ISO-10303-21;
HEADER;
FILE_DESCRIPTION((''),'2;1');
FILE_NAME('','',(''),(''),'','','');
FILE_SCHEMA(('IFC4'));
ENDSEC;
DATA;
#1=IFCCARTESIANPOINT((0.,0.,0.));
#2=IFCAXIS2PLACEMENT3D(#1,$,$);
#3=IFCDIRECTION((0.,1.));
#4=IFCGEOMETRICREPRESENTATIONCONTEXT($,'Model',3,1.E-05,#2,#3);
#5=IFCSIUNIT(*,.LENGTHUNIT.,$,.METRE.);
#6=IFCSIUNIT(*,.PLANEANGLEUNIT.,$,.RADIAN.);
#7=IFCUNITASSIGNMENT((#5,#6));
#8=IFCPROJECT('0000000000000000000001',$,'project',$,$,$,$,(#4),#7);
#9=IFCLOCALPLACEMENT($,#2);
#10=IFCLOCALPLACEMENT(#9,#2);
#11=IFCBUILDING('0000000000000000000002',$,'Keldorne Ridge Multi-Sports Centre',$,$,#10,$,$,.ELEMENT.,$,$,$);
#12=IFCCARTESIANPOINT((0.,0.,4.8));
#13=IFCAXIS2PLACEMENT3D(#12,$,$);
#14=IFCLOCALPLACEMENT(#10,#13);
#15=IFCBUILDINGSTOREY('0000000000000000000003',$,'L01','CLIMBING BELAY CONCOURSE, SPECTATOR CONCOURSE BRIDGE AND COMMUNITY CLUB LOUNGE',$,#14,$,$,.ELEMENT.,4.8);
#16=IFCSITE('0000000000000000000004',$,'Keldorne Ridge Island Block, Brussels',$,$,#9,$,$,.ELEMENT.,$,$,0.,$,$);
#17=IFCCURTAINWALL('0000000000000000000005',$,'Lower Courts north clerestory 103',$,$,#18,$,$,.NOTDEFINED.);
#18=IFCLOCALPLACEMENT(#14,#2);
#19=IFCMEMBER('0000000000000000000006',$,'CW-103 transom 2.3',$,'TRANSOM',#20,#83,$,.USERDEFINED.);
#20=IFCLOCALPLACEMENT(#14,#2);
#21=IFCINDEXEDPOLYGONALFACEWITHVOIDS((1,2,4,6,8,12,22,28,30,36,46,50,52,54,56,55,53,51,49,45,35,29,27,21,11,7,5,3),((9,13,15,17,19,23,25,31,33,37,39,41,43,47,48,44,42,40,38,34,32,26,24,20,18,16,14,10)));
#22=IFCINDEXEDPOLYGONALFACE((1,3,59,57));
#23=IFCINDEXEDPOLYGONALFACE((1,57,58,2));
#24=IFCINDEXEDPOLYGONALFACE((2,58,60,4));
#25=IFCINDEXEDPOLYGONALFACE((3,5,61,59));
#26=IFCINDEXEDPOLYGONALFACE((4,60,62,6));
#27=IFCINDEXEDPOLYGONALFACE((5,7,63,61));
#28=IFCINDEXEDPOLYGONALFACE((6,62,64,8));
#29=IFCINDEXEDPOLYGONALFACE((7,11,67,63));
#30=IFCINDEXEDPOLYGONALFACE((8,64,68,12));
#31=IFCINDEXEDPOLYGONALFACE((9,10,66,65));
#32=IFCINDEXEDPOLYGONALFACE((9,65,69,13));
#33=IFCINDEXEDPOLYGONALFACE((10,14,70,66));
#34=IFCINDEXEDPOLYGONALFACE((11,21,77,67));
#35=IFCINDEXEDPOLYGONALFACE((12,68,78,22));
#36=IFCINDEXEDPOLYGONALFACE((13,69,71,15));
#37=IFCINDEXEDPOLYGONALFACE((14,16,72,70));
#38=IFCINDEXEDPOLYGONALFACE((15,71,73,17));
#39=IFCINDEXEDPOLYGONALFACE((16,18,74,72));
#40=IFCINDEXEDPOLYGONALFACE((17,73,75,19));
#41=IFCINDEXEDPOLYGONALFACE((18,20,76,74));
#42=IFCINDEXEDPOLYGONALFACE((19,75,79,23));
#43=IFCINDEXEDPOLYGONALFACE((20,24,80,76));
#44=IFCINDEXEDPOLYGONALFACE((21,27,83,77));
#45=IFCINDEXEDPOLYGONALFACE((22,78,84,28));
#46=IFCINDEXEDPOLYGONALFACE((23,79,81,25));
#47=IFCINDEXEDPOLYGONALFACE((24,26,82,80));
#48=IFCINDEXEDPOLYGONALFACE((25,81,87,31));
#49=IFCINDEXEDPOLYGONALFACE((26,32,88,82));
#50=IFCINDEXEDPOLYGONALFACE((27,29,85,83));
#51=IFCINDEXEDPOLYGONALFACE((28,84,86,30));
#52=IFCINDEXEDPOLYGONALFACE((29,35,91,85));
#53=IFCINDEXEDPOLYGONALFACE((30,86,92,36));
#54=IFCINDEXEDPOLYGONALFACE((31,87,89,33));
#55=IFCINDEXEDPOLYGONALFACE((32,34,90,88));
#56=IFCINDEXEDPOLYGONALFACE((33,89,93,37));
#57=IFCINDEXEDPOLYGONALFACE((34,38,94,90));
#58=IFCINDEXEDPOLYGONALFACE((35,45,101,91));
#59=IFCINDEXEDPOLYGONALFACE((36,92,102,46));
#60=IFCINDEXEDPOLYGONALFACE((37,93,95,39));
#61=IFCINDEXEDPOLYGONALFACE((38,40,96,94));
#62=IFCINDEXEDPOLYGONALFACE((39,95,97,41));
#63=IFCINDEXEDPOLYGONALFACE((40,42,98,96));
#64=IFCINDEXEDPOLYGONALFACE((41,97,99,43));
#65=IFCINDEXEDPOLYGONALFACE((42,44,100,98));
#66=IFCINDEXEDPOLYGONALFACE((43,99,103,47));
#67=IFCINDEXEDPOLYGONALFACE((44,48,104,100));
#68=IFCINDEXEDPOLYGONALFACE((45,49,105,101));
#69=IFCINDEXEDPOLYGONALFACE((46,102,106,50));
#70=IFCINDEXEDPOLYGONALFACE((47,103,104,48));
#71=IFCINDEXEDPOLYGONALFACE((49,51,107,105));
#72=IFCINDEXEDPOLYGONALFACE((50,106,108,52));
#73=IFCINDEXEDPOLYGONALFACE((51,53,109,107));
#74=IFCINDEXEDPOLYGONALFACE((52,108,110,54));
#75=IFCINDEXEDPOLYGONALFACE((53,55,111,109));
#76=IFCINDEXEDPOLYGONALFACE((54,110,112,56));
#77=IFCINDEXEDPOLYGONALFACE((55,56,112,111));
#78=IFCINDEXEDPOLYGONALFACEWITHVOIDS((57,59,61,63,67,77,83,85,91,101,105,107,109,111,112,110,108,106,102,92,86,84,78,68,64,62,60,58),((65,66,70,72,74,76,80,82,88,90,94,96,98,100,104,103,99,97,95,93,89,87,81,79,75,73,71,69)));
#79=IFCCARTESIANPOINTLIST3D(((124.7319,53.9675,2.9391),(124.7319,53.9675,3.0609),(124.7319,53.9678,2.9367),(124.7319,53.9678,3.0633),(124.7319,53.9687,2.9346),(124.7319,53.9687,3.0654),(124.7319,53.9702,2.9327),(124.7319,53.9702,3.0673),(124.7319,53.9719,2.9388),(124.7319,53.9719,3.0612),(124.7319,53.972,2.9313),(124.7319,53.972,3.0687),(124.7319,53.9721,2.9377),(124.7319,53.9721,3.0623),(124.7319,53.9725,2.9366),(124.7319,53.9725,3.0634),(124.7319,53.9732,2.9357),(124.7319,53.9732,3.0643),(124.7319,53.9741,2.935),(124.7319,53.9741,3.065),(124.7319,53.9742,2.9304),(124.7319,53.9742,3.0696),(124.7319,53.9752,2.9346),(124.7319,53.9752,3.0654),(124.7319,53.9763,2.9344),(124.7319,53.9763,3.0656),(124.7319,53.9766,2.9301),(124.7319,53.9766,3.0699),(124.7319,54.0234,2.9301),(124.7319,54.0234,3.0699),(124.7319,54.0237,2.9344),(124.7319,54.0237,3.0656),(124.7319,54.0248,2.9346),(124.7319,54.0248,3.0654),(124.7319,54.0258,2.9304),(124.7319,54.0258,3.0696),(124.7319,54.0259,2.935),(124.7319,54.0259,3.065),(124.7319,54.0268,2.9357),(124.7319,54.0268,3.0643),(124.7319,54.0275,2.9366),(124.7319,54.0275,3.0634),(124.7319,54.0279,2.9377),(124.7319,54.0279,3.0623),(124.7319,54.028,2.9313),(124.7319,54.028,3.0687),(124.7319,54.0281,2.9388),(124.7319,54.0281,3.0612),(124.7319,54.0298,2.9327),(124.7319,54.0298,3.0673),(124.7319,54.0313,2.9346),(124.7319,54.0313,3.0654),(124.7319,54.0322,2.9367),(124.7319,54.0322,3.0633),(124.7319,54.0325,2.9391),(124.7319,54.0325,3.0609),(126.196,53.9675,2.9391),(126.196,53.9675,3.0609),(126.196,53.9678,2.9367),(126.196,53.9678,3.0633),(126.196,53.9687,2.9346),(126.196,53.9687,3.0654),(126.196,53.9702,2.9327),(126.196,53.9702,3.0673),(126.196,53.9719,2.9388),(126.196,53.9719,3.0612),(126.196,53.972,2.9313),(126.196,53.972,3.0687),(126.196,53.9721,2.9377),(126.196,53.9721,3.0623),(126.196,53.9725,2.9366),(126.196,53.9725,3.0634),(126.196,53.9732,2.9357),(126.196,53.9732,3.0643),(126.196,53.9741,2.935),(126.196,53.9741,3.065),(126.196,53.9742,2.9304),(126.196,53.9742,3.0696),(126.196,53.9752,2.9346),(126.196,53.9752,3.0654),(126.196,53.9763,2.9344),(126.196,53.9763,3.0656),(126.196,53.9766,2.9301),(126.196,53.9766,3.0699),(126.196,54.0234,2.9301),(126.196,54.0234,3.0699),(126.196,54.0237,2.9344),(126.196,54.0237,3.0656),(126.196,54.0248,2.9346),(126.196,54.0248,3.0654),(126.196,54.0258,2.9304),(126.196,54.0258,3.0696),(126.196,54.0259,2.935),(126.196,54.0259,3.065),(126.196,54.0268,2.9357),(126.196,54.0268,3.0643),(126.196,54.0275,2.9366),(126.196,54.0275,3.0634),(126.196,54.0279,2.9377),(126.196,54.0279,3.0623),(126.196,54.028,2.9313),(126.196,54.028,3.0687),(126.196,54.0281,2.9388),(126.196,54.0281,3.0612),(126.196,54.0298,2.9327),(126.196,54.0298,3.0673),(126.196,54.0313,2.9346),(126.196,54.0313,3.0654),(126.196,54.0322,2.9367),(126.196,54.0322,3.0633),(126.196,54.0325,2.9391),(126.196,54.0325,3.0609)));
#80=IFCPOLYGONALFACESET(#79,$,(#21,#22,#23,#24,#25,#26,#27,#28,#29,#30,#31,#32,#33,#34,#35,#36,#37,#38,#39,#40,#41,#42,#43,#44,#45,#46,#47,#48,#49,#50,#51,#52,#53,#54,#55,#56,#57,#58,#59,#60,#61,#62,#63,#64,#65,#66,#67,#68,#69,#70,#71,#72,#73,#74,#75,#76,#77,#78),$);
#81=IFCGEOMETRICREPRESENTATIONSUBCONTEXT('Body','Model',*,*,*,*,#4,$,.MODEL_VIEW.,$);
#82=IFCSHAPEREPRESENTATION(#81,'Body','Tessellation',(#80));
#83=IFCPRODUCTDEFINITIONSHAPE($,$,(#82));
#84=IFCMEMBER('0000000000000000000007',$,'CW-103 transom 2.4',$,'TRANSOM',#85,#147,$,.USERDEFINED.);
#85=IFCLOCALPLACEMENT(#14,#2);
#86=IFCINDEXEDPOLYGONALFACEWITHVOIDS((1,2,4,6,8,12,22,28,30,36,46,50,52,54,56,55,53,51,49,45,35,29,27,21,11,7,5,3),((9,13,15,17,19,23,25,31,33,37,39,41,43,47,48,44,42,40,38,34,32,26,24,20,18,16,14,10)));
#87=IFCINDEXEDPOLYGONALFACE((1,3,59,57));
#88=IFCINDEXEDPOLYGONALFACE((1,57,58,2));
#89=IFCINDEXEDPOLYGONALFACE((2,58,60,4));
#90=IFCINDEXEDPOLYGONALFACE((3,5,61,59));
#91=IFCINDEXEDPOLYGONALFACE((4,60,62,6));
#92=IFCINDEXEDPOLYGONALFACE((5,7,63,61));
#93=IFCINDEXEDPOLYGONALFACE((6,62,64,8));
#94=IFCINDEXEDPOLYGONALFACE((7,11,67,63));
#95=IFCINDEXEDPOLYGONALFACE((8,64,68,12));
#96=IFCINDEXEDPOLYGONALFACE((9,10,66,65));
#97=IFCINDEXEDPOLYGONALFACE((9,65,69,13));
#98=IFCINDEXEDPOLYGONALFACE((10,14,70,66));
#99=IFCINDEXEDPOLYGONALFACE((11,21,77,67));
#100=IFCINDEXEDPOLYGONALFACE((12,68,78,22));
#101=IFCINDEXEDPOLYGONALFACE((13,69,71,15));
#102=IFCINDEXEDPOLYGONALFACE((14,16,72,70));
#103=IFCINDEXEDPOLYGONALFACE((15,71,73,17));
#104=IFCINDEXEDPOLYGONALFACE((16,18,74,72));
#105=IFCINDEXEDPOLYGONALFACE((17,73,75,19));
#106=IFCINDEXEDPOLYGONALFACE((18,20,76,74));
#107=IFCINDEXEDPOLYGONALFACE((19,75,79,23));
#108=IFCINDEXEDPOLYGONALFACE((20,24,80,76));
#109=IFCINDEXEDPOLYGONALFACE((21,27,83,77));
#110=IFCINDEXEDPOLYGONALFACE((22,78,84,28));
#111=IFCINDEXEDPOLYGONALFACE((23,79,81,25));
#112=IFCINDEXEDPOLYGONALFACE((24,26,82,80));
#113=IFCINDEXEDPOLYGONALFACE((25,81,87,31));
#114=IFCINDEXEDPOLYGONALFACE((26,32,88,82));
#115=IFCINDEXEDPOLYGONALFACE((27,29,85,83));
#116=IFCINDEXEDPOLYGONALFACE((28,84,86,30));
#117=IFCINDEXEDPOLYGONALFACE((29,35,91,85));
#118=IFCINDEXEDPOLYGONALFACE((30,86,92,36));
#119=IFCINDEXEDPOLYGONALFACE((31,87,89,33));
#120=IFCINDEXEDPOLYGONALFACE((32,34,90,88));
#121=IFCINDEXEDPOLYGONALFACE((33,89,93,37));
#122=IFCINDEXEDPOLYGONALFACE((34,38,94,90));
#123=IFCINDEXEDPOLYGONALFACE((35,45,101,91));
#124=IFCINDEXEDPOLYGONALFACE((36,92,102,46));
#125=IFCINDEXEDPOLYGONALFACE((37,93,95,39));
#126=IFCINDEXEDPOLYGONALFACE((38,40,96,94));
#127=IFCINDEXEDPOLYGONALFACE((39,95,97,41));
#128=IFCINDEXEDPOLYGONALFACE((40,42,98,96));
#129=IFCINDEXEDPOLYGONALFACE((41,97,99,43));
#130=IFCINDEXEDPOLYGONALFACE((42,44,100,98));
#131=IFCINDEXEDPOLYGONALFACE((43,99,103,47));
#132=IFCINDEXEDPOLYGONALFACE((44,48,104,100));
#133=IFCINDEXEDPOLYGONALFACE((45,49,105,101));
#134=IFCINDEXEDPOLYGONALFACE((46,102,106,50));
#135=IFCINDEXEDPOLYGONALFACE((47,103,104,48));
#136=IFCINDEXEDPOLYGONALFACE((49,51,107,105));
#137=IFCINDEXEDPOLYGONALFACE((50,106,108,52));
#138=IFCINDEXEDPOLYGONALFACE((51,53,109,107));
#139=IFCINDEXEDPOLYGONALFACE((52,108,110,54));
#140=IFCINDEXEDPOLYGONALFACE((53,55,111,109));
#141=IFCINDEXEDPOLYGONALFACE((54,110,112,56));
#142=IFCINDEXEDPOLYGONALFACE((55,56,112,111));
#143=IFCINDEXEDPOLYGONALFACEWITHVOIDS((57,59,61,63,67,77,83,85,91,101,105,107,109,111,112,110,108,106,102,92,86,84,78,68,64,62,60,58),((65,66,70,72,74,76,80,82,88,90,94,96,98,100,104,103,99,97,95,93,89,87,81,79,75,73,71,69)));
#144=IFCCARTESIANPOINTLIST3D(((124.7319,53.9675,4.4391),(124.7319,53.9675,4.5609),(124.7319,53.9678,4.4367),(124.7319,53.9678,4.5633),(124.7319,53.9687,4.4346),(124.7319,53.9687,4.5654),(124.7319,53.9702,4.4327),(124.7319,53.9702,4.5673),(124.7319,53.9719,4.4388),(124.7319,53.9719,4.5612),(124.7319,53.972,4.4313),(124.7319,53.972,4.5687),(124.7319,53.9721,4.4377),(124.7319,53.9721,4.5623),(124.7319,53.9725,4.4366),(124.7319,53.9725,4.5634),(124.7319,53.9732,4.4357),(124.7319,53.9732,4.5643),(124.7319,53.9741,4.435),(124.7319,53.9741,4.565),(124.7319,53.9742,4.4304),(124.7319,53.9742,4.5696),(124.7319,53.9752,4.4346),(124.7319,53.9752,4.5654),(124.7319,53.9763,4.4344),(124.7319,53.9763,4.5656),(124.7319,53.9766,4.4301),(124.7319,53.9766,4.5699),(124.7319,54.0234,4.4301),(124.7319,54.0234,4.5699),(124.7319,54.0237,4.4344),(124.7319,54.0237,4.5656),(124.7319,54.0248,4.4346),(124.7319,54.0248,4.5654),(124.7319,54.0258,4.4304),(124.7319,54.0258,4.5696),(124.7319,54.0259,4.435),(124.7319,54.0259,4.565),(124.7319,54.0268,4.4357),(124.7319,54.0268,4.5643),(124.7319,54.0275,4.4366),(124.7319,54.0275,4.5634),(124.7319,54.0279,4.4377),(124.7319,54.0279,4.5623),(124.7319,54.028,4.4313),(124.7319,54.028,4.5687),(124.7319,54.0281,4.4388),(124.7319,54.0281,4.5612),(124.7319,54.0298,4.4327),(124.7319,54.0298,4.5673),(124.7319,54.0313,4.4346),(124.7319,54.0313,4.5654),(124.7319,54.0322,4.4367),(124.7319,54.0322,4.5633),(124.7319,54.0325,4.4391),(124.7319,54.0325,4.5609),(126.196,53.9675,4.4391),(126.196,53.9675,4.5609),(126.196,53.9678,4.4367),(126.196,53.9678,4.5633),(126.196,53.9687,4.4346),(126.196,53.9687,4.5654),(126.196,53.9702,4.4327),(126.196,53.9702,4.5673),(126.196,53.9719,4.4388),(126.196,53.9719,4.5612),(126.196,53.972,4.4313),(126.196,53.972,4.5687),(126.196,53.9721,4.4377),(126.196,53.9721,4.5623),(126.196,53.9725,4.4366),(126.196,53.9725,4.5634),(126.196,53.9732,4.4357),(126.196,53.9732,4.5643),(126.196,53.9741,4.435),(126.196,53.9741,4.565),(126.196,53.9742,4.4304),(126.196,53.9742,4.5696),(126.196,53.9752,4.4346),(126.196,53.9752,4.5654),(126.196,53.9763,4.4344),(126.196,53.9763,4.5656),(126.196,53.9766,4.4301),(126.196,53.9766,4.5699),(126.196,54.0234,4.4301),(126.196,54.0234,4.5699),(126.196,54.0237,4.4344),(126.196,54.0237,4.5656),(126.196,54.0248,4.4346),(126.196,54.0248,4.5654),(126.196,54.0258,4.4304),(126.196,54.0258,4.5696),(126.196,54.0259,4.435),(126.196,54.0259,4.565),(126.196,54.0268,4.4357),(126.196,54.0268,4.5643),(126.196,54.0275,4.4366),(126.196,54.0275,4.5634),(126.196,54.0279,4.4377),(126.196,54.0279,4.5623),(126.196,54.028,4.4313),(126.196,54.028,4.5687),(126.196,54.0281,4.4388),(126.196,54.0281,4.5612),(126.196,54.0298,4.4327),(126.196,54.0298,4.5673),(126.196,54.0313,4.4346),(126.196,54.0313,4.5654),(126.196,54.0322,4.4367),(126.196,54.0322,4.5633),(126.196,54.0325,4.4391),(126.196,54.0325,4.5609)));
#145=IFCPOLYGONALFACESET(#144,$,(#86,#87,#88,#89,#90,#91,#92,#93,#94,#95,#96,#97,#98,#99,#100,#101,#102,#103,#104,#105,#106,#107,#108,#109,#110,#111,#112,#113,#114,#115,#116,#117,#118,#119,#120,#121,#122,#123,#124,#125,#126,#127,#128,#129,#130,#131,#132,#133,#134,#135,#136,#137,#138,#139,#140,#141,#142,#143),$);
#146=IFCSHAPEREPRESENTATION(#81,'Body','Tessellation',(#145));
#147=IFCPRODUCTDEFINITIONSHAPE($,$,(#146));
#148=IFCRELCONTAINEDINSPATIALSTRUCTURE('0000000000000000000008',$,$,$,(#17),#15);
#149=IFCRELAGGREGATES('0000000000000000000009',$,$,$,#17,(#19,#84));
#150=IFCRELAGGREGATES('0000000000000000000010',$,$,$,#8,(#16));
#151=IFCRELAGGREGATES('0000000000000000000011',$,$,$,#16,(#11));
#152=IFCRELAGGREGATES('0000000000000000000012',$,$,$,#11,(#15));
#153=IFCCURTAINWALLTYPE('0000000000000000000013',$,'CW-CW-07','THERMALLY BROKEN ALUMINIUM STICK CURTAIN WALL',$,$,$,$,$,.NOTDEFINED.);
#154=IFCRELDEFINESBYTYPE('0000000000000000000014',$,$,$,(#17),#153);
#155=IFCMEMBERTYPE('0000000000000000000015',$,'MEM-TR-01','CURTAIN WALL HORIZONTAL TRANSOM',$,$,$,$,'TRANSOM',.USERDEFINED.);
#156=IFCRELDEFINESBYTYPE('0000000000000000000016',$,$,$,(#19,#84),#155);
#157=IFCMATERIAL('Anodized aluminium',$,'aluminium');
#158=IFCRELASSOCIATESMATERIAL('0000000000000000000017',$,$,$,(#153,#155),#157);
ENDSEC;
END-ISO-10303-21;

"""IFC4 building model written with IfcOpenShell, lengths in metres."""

from ifc_helpers import new_model, si_unit, direction, frame, origin, origin_2d, place, context, subcontext, project, spatial, hollow_rectangle, extrude, material, material_profile, profile_set, type_object, element, aggregate, save


model = new_model("IFC4")

# Units and contexts
model_context = context("Model", 3, precision=1e-05, world=origin(), true_north=direction((0.0, 1.0)))
body_context = subcontext(model_context, "Body", "Model", "MODEL_VIEW")
ifc_project = project(units=[si_unit("LENGTHUNIT", "METRE"), si_unit("PLANEANGLEUNIT", "RADIAN")], contexts=[model_context])

# Site, building, storey
site_placement = place(None, origin())
site = spatial("IfcSite", under=ifc_project, at=site_placement, Name="Keldorne Ridge Island Block, Brussels", CompositionType="ELEMENT", RefElevation=0.0)
building_placement = place(site_placement, origin())
building = spatial("IfcBuilding", under=site, at=building_placement, Name="Keldorne Ridge Multi-Sports Centre", CompositionType="ELEMENT")
storey_placement = place(building_placement, frame((0.0, 0.0, 4.8)))
storey = spatial("IfcBuildingStorey", under=building, at=storey_placement, Name="L01", Description="CLIMBING BELAY CONCOURSE, SPECTATOR CONCOURSE BRIDGE AND COMMUNITY CLUB LOUNGE", CompositionType="ELEMENT", Elevation=4.8)

# Curtain wall, members
ifc_material_1 = material(Name="Anodized aluminium", Category="aluminium")
curtain_wall_type = type_object("IfcCurtainWallType", Name="CW-CW-07", Description="THERMALLY BROKEN ALUMINIUM STICK CURTAIN WALL", PredefinedType="NOTDEFINED", material=ifc_material_1)
curtain_wall_placement = place(storey_placement, origin())
curtain_wall = element("IfcCurtainWall", 1, at=curtain_wall_placement, inside=storey, type_object=curtain_wall_type, Name="Lower Courts north clerestory 103", PredefinedType="NOTDEFINED")
ifc_material_profile_1 = material_profile(ifc_material_1, hollow_rectangle(XDim=0.0649, YDim=0.1399, WallThickness=0.0044, InnerFilletRadius=0.0044, OuterFilletRadius=0.009, at=origin_2d()), Name="ALU TRANSOM 140x65x4.5")
ifc_profile_set_1 = profile_set([ifc_material_profile_1], Name="Anodized aluminium")
member_type_1 = type_object("IfcMemberType", Name="MEM-TR-01", Description="CURTAIN WALL HORIZONTAL TRANSOM", ElementType="TRANSOM", PredefinedType="USERDEFINED", material=ifc_profile_set_1)
member_1_placement = place(storey_placement, frame((126.196, 54.0, 3.0), z_axis=(-1.0, 0.0, 0.0), x_axis=(0.0, -1.0, 0.0)))
member_1 = element("IfcMember", 2, at=member_1_placement, type_object=member_type_1, Name="CW-103 transom 2.3", ObjectType="TRANSOM", PredefinedType="USERDEFINED", context=body_context, shape_type="SweptSolid", body=[
    extrude(hollow_rectangle(XDim=0.0649, YDim=0.1399, WallThickness=0.0044, InnerFilletRadius=0.0044, OuterFilletRadius=0.009, at=origin_2d()), origin(), (0.0, 0.0, 1.0), 1.4641),
])
member_2_placement = place(storey_placement, frame((126.196, 54.0, 4.5), z_axis=(-1.0, 0.0, 0.0), x_axis=(0.0, -1.0, 0.0)))
member_2 = element("IfcMember", 3, at=member_2_placement, type_object=member_type_1, Name="CW-103 transom 2.4", ObjectType="TRANSOM", PredefinedType="USERDEFINED", context=body_context, shape_type="SweptSolid", body=[
    extrude(hollow_rectangle(XDim=0.0649, YDim=0.1399, WallThickness=0.0044, InnerFilletRadius=0.0044, OuterFilletRadius=0.009, at=origin_2d()), origin(), (0.0, 0.0, 1.0), 1.4641),
])
aggregate(curtain_wall, [member_1, member_2])

save(model, "model.ifc")
